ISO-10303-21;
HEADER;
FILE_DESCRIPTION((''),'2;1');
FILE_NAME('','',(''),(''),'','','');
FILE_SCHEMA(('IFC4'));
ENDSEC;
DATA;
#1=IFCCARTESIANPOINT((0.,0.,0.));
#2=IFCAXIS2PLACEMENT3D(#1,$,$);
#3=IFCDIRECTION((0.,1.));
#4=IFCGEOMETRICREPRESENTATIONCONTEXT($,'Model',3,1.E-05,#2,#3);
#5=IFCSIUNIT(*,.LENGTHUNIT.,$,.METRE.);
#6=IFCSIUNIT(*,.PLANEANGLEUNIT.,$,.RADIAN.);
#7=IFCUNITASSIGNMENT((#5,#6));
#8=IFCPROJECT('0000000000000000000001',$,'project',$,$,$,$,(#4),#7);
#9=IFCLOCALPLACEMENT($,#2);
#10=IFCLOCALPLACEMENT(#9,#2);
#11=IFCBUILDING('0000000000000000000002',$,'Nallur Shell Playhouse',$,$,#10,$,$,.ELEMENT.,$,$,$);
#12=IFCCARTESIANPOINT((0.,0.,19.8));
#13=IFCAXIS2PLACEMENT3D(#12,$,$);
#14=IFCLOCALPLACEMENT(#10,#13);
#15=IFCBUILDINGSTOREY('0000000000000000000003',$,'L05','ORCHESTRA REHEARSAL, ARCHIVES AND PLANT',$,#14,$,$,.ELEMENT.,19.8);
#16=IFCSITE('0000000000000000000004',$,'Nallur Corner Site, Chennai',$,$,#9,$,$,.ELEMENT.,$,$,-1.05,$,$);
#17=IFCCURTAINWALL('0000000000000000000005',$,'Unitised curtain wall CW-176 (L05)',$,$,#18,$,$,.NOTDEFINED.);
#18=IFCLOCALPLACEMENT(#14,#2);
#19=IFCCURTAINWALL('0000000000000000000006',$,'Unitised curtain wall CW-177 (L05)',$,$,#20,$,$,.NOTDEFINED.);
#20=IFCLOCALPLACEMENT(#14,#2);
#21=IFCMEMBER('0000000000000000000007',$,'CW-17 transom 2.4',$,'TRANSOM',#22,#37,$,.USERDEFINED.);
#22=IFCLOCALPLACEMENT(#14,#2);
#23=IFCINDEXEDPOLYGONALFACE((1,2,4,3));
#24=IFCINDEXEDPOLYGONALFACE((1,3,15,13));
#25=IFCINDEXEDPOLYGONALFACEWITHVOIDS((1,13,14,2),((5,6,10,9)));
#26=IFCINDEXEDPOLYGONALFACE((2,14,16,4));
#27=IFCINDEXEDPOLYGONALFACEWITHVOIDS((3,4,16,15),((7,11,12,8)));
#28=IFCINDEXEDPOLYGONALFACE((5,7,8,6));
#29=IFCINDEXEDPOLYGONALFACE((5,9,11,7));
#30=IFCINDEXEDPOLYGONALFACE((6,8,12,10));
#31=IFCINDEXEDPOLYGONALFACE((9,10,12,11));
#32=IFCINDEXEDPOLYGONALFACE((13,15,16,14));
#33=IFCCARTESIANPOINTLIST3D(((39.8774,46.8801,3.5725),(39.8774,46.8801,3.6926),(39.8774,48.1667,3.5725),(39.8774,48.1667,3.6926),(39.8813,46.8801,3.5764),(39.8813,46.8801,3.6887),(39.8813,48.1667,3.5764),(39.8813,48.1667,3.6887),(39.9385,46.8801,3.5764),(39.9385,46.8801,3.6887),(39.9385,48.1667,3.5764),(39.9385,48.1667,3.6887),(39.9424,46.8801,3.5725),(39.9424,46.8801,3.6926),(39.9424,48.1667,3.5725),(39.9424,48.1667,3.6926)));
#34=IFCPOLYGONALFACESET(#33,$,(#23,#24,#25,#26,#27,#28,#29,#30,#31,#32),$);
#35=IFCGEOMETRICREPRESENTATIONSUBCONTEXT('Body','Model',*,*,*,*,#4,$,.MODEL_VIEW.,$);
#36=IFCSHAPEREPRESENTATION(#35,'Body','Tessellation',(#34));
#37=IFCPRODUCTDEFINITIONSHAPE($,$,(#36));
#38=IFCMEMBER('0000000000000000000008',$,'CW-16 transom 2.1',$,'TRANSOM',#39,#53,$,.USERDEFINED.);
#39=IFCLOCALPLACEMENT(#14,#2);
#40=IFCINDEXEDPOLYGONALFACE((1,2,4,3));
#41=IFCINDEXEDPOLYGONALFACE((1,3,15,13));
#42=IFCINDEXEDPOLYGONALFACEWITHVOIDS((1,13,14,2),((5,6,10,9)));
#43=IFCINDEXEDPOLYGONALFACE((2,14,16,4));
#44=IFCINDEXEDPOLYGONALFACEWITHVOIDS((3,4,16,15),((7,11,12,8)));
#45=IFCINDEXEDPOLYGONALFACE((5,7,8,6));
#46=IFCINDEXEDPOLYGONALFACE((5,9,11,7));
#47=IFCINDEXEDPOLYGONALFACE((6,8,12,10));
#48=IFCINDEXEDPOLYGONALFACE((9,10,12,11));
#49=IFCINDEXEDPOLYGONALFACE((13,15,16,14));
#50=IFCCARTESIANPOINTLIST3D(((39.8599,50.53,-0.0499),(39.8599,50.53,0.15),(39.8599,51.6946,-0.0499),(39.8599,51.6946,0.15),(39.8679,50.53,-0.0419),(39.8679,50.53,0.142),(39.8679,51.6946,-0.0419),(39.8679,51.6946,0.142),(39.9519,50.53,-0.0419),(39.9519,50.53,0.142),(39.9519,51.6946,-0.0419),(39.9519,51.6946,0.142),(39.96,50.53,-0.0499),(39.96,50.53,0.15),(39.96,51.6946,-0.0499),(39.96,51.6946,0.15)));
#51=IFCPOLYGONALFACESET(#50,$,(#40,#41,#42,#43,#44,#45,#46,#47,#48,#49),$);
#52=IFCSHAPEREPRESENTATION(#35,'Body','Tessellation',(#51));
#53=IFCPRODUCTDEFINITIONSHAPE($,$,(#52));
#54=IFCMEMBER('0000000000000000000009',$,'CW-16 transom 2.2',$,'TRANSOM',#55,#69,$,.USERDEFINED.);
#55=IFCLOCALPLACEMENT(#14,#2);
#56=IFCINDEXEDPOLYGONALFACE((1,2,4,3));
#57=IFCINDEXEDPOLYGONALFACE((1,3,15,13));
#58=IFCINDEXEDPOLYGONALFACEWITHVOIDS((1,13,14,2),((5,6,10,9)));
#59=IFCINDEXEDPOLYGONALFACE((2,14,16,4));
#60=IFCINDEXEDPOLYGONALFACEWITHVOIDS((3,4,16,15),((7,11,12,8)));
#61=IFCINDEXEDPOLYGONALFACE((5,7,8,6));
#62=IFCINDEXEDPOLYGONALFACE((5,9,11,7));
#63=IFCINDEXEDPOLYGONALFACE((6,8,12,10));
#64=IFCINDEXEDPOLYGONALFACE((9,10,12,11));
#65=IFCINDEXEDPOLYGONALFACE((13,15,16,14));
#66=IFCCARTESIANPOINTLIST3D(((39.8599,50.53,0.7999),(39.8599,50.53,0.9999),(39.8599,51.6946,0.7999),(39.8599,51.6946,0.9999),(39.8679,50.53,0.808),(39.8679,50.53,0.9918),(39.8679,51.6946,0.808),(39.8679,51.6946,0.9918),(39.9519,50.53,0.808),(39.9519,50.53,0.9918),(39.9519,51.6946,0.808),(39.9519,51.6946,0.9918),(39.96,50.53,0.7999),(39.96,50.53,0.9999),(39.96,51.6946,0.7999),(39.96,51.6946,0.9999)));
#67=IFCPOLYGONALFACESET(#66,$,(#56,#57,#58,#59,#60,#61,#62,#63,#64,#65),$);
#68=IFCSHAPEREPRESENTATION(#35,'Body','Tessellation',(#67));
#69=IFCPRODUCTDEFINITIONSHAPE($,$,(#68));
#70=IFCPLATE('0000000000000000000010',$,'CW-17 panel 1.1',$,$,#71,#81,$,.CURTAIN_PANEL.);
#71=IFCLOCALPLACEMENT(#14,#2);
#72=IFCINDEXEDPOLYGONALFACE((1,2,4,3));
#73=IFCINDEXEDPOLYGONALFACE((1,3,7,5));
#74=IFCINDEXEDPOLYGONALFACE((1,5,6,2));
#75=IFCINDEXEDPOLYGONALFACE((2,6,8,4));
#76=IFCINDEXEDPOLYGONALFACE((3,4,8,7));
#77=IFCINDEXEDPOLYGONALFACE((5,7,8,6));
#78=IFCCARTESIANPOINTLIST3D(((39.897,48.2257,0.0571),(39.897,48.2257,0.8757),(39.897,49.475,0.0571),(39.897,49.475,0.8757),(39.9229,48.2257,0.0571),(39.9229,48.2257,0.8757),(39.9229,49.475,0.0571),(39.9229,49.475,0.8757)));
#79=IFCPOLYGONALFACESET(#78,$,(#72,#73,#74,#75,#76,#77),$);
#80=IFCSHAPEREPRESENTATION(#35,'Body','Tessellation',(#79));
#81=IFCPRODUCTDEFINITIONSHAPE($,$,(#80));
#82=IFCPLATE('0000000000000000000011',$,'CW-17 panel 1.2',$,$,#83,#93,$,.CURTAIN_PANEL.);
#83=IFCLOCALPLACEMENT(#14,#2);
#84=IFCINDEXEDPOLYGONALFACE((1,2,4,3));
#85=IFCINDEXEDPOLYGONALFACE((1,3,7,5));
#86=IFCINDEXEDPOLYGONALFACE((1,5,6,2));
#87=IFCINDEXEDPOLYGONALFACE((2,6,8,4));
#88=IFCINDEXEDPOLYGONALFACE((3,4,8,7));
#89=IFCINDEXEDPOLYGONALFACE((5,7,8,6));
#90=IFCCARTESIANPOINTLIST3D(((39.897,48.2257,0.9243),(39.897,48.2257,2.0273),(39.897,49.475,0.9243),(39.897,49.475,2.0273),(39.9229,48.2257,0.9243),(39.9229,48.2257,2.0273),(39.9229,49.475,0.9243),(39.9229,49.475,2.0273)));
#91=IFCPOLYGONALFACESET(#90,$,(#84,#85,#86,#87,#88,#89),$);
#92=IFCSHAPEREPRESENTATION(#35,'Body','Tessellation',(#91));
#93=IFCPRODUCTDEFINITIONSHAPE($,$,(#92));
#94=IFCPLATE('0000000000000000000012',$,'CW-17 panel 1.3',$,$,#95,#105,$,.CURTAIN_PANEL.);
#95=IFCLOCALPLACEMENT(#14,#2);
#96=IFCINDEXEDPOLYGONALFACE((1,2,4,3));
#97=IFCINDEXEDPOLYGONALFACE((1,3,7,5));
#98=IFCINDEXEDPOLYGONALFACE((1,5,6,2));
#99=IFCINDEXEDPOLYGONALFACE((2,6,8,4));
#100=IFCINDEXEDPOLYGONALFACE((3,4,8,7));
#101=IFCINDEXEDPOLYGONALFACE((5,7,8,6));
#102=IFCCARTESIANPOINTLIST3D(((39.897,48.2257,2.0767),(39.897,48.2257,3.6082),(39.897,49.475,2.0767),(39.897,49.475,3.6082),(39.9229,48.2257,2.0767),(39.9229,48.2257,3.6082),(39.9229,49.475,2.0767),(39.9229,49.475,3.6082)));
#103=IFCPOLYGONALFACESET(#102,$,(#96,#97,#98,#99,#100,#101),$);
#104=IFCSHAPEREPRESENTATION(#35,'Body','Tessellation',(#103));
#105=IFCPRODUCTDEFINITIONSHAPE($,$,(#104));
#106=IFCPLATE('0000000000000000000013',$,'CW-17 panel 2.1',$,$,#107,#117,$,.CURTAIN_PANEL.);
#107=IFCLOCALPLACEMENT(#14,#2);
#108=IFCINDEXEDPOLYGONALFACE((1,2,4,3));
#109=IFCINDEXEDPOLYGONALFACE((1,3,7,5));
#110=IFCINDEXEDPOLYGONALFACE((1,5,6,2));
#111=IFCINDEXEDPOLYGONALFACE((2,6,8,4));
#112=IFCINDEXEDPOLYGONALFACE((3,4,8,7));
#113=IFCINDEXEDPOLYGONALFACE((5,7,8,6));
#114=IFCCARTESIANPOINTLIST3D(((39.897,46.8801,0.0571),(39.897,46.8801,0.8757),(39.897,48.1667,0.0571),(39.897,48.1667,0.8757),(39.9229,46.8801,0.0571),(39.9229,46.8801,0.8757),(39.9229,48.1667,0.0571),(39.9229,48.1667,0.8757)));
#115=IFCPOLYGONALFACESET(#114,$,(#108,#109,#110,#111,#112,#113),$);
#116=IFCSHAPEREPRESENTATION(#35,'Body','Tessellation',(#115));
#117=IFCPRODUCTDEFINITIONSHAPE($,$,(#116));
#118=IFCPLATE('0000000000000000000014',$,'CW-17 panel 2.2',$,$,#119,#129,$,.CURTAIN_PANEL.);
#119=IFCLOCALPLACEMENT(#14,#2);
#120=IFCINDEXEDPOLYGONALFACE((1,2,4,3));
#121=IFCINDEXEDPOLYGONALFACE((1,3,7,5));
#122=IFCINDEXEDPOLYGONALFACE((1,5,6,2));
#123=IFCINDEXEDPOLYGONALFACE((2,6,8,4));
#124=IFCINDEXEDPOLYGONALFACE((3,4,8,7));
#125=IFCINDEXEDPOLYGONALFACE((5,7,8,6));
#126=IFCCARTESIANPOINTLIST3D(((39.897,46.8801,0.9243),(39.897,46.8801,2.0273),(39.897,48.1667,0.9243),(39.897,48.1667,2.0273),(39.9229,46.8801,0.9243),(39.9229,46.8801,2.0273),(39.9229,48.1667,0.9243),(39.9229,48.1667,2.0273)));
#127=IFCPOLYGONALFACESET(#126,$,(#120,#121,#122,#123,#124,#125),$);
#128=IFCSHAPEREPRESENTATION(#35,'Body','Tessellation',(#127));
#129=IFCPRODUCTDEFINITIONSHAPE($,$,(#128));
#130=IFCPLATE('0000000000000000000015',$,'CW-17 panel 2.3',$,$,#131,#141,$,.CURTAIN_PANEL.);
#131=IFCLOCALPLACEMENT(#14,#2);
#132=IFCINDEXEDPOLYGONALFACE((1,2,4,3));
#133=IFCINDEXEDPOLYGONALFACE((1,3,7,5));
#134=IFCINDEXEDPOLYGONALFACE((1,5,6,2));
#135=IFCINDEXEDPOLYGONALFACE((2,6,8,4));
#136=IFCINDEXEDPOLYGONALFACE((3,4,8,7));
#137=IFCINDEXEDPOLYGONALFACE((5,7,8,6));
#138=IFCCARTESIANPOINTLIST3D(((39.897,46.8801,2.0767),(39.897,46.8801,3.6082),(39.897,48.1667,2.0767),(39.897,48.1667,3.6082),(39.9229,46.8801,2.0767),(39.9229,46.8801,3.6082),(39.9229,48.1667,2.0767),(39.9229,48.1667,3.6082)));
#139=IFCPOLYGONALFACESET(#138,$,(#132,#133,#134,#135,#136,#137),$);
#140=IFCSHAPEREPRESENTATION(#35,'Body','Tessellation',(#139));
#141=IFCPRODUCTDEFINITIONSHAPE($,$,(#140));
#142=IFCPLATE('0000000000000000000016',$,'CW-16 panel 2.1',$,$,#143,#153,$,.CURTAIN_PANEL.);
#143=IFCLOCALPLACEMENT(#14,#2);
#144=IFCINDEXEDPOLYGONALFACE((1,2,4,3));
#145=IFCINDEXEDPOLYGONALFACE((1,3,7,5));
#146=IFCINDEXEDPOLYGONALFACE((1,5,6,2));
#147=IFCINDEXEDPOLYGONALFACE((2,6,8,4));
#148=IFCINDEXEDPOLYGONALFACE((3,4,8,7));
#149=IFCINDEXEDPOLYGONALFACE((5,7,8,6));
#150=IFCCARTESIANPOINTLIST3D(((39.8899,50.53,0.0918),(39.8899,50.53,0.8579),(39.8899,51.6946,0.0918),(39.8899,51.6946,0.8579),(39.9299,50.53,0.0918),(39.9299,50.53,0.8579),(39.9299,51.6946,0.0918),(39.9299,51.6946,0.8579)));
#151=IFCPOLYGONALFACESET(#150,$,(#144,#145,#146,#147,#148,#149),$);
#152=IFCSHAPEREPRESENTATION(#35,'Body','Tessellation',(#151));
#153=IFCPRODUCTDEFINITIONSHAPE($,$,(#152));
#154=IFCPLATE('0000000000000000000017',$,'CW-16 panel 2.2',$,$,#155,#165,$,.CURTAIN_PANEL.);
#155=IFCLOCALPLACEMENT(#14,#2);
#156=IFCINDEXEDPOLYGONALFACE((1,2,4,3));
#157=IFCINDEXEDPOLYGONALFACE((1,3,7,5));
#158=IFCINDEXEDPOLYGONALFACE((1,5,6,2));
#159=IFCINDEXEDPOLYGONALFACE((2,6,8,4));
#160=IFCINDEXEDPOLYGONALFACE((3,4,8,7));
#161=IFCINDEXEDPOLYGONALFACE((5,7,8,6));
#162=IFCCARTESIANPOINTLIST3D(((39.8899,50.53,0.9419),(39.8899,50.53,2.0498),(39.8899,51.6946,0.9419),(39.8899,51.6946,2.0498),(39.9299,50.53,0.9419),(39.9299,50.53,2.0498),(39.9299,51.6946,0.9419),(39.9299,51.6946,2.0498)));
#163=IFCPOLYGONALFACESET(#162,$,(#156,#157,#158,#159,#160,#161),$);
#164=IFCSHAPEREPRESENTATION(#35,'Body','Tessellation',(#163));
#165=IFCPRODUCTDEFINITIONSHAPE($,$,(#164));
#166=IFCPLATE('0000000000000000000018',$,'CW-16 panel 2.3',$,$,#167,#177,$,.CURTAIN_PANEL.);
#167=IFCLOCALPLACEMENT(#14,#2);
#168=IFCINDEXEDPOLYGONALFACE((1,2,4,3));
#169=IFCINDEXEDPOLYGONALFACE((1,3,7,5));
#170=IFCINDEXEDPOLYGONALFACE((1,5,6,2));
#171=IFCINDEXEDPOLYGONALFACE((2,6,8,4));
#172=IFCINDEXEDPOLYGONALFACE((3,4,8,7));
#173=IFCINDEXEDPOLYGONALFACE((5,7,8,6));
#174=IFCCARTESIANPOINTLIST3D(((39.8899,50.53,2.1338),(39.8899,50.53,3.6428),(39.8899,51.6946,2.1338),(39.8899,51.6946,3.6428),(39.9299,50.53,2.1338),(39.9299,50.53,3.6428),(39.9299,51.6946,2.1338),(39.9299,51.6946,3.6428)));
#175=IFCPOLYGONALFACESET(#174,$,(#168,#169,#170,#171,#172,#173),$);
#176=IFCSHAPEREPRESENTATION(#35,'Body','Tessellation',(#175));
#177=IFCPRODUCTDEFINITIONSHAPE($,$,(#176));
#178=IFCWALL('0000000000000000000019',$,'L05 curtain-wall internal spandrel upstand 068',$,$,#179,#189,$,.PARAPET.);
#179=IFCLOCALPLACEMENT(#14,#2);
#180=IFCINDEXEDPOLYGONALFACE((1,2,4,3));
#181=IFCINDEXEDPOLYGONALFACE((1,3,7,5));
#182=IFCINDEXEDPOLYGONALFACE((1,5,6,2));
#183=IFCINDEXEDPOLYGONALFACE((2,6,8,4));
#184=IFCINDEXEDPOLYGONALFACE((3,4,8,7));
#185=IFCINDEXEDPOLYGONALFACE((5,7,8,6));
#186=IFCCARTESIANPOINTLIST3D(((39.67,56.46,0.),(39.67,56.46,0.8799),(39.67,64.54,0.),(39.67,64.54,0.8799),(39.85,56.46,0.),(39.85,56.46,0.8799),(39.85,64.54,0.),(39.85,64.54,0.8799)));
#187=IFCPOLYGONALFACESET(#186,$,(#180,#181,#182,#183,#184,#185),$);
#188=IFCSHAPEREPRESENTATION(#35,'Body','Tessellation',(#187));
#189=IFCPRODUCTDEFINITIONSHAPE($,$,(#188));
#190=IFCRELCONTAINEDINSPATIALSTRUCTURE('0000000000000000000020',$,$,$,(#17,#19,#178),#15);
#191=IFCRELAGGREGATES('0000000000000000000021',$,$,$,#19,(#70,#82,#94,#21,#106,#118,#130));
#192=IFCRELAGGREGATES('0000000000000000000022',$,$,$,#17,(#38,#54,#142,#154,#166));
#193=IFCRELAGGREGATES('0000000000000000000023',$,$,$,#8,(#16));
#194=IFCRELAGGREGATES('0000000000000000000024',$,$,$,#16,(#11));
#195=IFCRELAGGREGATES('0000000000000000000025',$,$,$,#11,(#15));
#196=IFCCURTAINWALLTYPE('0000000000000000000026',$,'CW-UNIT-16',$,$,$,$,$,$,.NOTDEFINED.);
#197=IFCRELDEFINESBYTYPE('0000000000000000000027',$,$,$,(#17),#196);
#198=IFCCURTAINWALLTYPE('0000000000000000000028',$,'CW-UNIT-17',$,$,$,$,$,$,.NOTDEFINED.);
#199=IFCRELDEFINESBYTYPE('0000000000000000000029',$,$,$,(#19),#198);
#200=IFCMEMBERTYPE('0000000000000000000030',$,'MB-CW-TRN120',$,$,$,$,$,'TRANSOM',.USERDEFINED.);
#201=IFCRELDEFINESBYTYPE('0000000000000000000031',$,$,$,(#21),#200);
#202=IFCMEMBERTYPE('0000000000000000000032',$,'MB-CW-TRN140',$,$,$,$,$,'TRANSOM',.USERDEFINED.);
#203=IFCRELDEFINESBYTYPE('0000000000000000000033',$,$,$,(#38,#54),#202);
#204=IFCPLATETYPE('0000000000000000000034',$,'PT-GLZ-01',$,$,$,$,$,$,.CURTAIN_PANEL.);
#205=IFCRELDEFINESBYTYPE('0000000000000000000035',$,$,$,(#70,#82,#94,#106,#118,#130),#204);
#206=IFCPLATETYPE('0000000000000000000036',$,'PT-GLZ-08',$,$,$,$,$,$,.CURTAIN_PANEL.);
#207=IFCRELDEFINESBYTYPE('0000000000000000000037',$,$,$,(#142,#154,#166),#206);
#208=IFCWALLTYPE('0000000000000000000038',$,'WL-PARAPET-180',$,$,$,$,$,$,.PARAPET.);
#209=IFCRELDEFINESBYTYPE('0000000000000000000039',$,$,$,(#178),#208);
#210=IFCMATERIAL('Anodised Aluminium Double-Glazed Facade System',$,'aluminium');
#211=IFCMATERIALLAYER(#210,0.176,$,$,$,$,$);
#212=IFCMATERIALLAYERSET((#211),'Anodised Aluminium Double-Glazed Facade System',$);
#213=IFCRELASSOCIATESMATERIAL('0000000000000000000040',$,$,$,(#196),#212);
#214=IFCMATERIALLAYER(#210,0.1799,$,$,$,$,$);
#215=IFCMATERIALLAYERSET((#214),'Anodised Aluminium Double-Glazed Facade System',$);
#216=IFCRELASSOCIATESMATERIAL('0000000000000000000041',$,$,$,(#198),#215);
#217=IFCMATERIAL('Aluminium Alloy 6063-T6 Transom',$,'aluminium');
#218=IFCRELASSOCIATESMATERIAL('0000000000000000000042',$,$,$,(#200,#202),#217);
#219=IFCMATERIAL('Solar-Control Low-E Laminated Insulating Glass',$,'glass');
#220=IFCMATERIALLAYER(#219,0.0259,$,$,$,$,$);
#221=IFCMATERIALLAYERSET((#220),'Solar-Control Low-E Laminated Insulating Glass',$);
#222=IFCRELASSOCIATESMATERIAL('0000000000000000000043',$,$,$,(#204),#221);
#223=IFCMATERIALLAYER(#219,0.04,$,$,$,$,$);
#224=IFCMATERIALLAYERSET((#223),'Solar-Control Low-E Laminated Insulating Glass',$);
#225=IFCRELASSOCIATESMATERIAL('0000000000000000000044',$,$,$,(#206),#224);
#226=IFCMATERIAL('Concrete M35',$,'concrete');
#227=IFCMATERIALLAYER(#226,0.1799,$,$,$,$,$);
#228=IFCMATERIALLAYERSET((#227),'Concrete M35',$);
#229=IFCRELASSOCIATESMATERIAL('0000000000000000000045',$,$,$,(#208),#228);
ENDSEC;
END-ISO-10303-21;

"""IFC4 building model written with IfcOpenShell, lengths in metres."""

from ifc_helpers import new_model, si_unit, direction, frame, frame_2d, origin, origin_2d, place, context, subcontext, project, spatial, rectangle, hollow_rectangle, extrude, material, layer, layer_set, material_profile, profile_set, type_object, element, aggregate, save


model = new_model("IFC4")

# Units and contexts
model_context = context("Model", 3, precision=1e-05, world=origin(), true_north=direction((0.0, 1.0)))
body_context = subcontext(model_context, "Body", "Model", "MODEL_VIEW")
ifc_project = project(units=[si_unit("LENGTHUNIT", "METRE"), si_unit("PLANEANGLEUNIT", "RADIAN")], contexts=[model_context])

# Site, building, storey
site_placement = place(None, origin())
site = spatial("IfcSite", under=ifc_project, at=site_placement, Name="Nallur Corner Site, Chennai", CompositionType="ELEMENT", RefElevation=-1.05)
building_placement = place(site_placement, origin())
building = spatial("IfcBuilding", under=site, at=building_placement, Name="Nallur Shell Playhouse", CompositionType="ELEMENT")
storey_placement = place(building_placement, frame((0.0, 0.0, 19.8)))
storey = spatial("IfcBuildingStorey", under=building, at=storey_placement, Name="L05", Description="ORCHESTRA REHEARSAL, ARCHIVES AND PLANT", CompositionType="ELEMENT", Elevation=19.8)

# Curtain wall
ifc_material_1 = material(Name="Anodised Aluminium Double-Glazed Facade System", Category="aluminium")
ifc_layer_1 = layer(ifc_material_1, 0.176)
ifc_layer_set_1 = layer_set([ifc_layer_1], Name="Anodised Aluminium Double-Glazed Facade System")
curtain_wall_type_1 = type_object("IfcCurtainWallType", Name="CW-UNIT-16", PredefinedType="NOTDEFINED", material=ifc_layer_set_1)
curtain_wall_1_placement = place(storey_placement, origin())
curtain_wall_1 = element("IfcCurtainWall", 1, at=curtain_wall_1_placement, inside=storey, type_object=curtain_wall_type_1, Name="Unitised curtain wall CW-176 (L05)", PredefinedType="NOTDEFINED")

# Curtain wall, member
ifc_layer_2 = layer(ifc_material_1, 0.1799)
ifc_layer_set_2 = layer_set([ifc_layer_2], Name="Anodised Aluminium Double-Glazed Facade System")
curtain_wall_type_2 = type_object("IfcCurtainWallType", Name="CW-UNIT-17", PredefinedType="NOTDEFINED", material=ifc_layer_set_2)
curtain_wall_2_placement = place(storey_placement, origin())
curtain_wall_2 = element("IfcCurtainWall", 2, at=curtain_wall_2_placement, inside=storey, type_object=curtain_wall_type_2, Name="Unitised curtain wall CW-177 (L05)", PredefinedType="NOTDEFINED")
ifc_material_2 = material(Name="Aluminium Alloy 6063-T6 Transom", Category="aluminium")
ifc_material_profile_1 = material_profile(ifc_material_2, hollow_rectangle(XDim=0.0649, YDim=0.1201, WallThickness=0.0039, at=origin_2d()), Name="ALU 65x120x4")
ifc_profile_set_1 = profile_set([ifc_material_profile_1], Name="Aluminium Alloy 6063-T6 Transom")
member_type_1 = type_object("IfcMemberType", Name="MB-CW-TRN120", ElementType="TRANSOM", PredefinedType="USERDEFINED", material=ifc_profile_set_1)
member_1_placement = place(storey_placement, frame((39.9099, 48.1667, 3.6326), z_axis=(0.0, -1.0, 0.0), x_axis=(1.0, 0.0, 0.0)))
member_1 = element("IfcMember", 3, at=member_1_placement, type_object=member_type_1, Name="CW-17 transom 2.4", ObjectType="TRANSOM", PredefinedType="USERDEFINED", context=body_context, shape_type="SweptSolid", body=[
    extrude(hollow_rectangle(XDim=0.0649, YDim=0.1201, WallThickness=0.0039, at=origin_2d()), origin(), (0.0, 0.0, 1.0), 1.2866),
])

# Members
ifc_material_profile_2 = material_profile(ifc_material_2, hollow_rectangle(XDim=0.1001, YDim=0.2, WallThickness=0.0081, at=origin_2d()), Name="RHS 200x100x8")
ifc_profile_set_2 = profile_set([ifc_material_profile_2], Name="Aluminium Alloy 6063-T6 Transom")
member_type_2 = type_object("IfcMemberType", Name="MB-CW-TRN140", ElementType="TRANSOM", PredefinedType="USERDEFINED", material=ifc_profile_set_2)
member_2_placement = place(storey_placement, frame((39.9099, 51.6946, 0.05), z_axis=(0.0, -1.0, 0.0), x_axis=(1.0, 0.0, 0.0)))
member_2 = element("IfcMember", 4, at=member_2_placement, type_object=member_type_2, Name="CW-16 transom 2.1", ObjectType="TRANSOM", PredefinedType="USERDEFINED", context=body_context, shape_type="SweptSolid", body=[
    extrude(hollow_rectangle(XDim=0.1001, YDim=0.2, WallThickness=0.0081, at=origin_2d()), origin(), (0.0, 0.0, 1.0), 1.1646),
])
member_3_placement = place(storey_placement, frame((39.9099, 51.6946, 0.8999), z_axis=(0.0, -1.0, 0.0), x_axis=(1.0, 0.0, 0.0)))
member_3 = element("IfcMember", 5, at=member_3_placement, type_object=member_type_2, Name="CW-16 transom 2.2", ObjectType="TRANSOM", PredefinedType="USERDEFINED", context=body_context, shape_type="SweptSolid", body=[
    extrude(hollow_rectangle(XDim=0.1001, YDim=0.2, WallThickness=0.0081, at=origin_2d()), origin(), (0.0, 0.0, 1.0), 1.1646),
])

# Plates
ifc_material_3 = material(Name="Solar-Control Low-E Laminated Insulating Glass", Category="glass")
ifc_layer_3 = layer(ifc_material_3, 0.0259)
ifc_layer_set_3 = layer_set([ifc_layer_3], Name="Solar-Control Low-E Laminated Insulating Glass")
plate_type_1 = type_object("IfcPlateType", Name="PT-GLZ-01", PredefinedType="CURTAIN_PANEL", material=ifc_layer_set_3)
plate_1_placement = place(storey_placement, frame((39.9099, 48.8503, 0.0571), z_axis=(0.0, 0.0, 1.0), x_axis=(0.0, -1.0, 0.0)))
plate_1 = element("IfcPlate", 6, at=plate_1_placement, type_object=plate_type_1, Name="CW-17 panel 1.1", PredefinedType="CURTAIN_PANEL", context=body_context, shape_type="SweptSolid", body=[
    extrude(rectangle(XDim=1.2493, YDim=0.0259, at=origin_2d()), origin(), (0.0, 0.0, 1.0), 0.8186),
])
plate_2_placement = place(storey_placement, frame((39.9099, 48.8503, 0.9243), z_axis=(0.0, 0.0, 1.0), x_axis=(0.0, -1.0, 0.0)))
plate_2 = element("IfcPlate", 7, at=plate_2_placement, type_object=plate_type_1, Name="CW-17 panel 1.2", PredefinedType="CURTAIN_PANEL", context=body_context, shape_type="SweptSolid", body=[
    extrude(rectangle(XDim=1.2493, YDim=0.0259, at=origin_2d()), origin(), (0.0, 0.0, 1.0), 1.103),
])
plate_3_placement = place(storey_placement, frame((39.9099, 48.8503, 2.0767), z_axis=(0.0, 0.0, 1.0), x_axis=(0.0, -1.0, 0.0)))
plate_3 = element("IfcPlate", 8, at=plate_3_placement, type_object=plate_type_1, Name="CW-17 panel 1.3", PredefinedType="CURTAIN_PANEL", context=body_context, shape_type="SweptSolid", body=[
    extrude(rectangle(XDim=1.2493, YDim=0.0259, at=origin_2d()), origin(), (0.0, 0.0, 1.0), 1.5315),
])
plate_4_placement = place(storey_placement, frame((39.9099, 47.5234, 0.0571), z_axis=(0.0, 0.0, 1.0), x_axis=(0.0, -1.0, 0.0)))
plate_4 = element("IfcPlate", 9, at=plate_4_placement, type_object=plate_type_1, Name="CW-17 panel 2.1", PredefinedType="CURTAIN_PANEL", context=body_context, shape_type="SweptSolid", body=[
    extrude(rectangle(XDim=1.2866, YDim=0.0259, at=origin_2d()), origin(), (0.0, 0.0, 1.0), 0.8186),
])
plate_5_placement = place(storey_placement, frame((39.9099, 47.5234, 0.9243), z_axis=(0.0, 0.0, 1.0), x_axis=(0.0, -1.0, 0.0)))
plate_5 = element("IfcPlate", 10, at=plate_5_placement, type_object=plate_type_1, Name="CW-17 panel 2.2", PredefinedType="CURTAIN_PANEL", context=body_context, shape_type="SweptSolid", body=[
    extrude(rectangle(XDim=1.2866, YDim=0.0259, at=origin_2d()), origin(), (0.0, 0.0, 1.0), 1.103),
])
plate_6_placement = place(storey_placement, frame((39.9099, 47.5234, 2.0767), z_axis=(0.0, 0.0, 1.0), x_axis=(0.0, -1.0, 0.0)))
plate_6 = element("IfcPlate", 11, at=plate_6_placement, type_object=plate_type_1, Name="CW-17 panel 2.3", PredefinedType="CURTAIN_PANEL", context=body_context, shape_type="SweptSolid", body=[
    extrude(rectangle(XDim=1.2866, YDim=0.0259, at=origin_2d()), origin(), (0.0, 0.0, 1.0), 1.5315),
])
aggregate(curtain_wall_2, [plate_1, plate_2, plate_3, member_1, plate_4, plate_5, plate_6])
ifc_layer_4 = layer(ifc_material_3, 0.04)
ifc_layer_set_4 = layer_set([ifc_layer_4], Name="Solar-Control Low-E Laminated Insulating Glass")
plate_type_2 = type_object("IfcPlateType", Name="PT-GLZ-08", PredefinedType="CURTAIN_PANEL", material=ifc_layer_set_4)
plate_7_placement = place(storey_placement, frame((39.9099, 51.1123, 0.0918), z_axis=(0.0, 0.0, 1.0), x_axis=(0.0, -1.0, 0.0)))
plate_7 = element("IfcPlate", 12, at=plate_7_placement, type_object=plate_type_2, Name="CW-16 panel 2.1", PredefinedType="CURTAIN_PANEL", context=body_context, shape_type="SweptSolid", body=[
    extrude(rectangle(XDim=1.1646, YDim=0.04, at=origin_2d()), origin(), (0.0, 0.0, 1.0), 0.7661),
])
plate_8_placement = place(storey_placement, frame((39.9099, 51.1123, 0.9419), z_axis=(0.0, 0.0, 1.0), x_axis=(0.0, -1.0, 0.0)))
plate_8 = element("IfcPlate", 13, at=plate_8_placement, type_object=plate_type_2, Name="CW-16 panel 2.2", PredefinedType="CURTAIN_PANEL", context=body_context, shape_type="SweptSolid", body=[
    extrude(rectangle(XDim=1.1646, YDim=0.04, at=origin_2d()), origin(), (0.0, 0.0, 1.0), 1.1079),
])
plate_9_placement = place(storey_placement, frame((39.9099, 51.1123, 2.1338), z_axis=(0.0, 0.0, 1.0), x_axis=(0.0, -1.0, 0.0)))
plate_9 = element("IfcPlate", 14, at=plate_9_placement, type_object=plate_type_2, Name="CW-16 panel 2.3", PredefinedType="CURTAIN_PANEL", context=body_context, shape_type="SweptSolid", body=[
    extrude(rectangle(XDim=1.1646, YDim=0.04, at=origin_2d()), origin(), (0.0, 0.0, 1.0), 1.509),
])
aggregate(curtain_wall_1, [member_2, member_3, plate_7, plate_8, plate_9])

# Wall
ifc_material_4 = material(Name="Concrete M35", Category="concrete")
ifc_layer_5 = layer(ifc_material_4, 0.1799)
ifc_layer_set_5 = layer_set([ifc_layer_5], Name="Concrete M35")
wall_type = type_object("IfcWallType", Name="WL-PARAPET-180", PredefinedType="PARAPET", material=ifc_layer_set_5)
wall_placement = place(storey_placement, frame((39.76, 64.54, 0.0), z_axis=(0.0, 0.0, 1.0), x_axis=(0.0, -1.0, 0.0)))
element("IfcWall", 15, at=wall_placement, inside=storey, type_object=wall_type, Name="L05 curtain-wall internal spandrel upstand 068", PredefinedType="PARAPET", context=body_context, shape_type="SweptSolid", body=[
    extrude(rectangle(XDim=8.0801, YDim=0.1799, at=frame_2d((4.04, 0.0))), origin(), (0.0, 0.0, 1.0), 0.8799),
])

save(model, "model.ifc")
